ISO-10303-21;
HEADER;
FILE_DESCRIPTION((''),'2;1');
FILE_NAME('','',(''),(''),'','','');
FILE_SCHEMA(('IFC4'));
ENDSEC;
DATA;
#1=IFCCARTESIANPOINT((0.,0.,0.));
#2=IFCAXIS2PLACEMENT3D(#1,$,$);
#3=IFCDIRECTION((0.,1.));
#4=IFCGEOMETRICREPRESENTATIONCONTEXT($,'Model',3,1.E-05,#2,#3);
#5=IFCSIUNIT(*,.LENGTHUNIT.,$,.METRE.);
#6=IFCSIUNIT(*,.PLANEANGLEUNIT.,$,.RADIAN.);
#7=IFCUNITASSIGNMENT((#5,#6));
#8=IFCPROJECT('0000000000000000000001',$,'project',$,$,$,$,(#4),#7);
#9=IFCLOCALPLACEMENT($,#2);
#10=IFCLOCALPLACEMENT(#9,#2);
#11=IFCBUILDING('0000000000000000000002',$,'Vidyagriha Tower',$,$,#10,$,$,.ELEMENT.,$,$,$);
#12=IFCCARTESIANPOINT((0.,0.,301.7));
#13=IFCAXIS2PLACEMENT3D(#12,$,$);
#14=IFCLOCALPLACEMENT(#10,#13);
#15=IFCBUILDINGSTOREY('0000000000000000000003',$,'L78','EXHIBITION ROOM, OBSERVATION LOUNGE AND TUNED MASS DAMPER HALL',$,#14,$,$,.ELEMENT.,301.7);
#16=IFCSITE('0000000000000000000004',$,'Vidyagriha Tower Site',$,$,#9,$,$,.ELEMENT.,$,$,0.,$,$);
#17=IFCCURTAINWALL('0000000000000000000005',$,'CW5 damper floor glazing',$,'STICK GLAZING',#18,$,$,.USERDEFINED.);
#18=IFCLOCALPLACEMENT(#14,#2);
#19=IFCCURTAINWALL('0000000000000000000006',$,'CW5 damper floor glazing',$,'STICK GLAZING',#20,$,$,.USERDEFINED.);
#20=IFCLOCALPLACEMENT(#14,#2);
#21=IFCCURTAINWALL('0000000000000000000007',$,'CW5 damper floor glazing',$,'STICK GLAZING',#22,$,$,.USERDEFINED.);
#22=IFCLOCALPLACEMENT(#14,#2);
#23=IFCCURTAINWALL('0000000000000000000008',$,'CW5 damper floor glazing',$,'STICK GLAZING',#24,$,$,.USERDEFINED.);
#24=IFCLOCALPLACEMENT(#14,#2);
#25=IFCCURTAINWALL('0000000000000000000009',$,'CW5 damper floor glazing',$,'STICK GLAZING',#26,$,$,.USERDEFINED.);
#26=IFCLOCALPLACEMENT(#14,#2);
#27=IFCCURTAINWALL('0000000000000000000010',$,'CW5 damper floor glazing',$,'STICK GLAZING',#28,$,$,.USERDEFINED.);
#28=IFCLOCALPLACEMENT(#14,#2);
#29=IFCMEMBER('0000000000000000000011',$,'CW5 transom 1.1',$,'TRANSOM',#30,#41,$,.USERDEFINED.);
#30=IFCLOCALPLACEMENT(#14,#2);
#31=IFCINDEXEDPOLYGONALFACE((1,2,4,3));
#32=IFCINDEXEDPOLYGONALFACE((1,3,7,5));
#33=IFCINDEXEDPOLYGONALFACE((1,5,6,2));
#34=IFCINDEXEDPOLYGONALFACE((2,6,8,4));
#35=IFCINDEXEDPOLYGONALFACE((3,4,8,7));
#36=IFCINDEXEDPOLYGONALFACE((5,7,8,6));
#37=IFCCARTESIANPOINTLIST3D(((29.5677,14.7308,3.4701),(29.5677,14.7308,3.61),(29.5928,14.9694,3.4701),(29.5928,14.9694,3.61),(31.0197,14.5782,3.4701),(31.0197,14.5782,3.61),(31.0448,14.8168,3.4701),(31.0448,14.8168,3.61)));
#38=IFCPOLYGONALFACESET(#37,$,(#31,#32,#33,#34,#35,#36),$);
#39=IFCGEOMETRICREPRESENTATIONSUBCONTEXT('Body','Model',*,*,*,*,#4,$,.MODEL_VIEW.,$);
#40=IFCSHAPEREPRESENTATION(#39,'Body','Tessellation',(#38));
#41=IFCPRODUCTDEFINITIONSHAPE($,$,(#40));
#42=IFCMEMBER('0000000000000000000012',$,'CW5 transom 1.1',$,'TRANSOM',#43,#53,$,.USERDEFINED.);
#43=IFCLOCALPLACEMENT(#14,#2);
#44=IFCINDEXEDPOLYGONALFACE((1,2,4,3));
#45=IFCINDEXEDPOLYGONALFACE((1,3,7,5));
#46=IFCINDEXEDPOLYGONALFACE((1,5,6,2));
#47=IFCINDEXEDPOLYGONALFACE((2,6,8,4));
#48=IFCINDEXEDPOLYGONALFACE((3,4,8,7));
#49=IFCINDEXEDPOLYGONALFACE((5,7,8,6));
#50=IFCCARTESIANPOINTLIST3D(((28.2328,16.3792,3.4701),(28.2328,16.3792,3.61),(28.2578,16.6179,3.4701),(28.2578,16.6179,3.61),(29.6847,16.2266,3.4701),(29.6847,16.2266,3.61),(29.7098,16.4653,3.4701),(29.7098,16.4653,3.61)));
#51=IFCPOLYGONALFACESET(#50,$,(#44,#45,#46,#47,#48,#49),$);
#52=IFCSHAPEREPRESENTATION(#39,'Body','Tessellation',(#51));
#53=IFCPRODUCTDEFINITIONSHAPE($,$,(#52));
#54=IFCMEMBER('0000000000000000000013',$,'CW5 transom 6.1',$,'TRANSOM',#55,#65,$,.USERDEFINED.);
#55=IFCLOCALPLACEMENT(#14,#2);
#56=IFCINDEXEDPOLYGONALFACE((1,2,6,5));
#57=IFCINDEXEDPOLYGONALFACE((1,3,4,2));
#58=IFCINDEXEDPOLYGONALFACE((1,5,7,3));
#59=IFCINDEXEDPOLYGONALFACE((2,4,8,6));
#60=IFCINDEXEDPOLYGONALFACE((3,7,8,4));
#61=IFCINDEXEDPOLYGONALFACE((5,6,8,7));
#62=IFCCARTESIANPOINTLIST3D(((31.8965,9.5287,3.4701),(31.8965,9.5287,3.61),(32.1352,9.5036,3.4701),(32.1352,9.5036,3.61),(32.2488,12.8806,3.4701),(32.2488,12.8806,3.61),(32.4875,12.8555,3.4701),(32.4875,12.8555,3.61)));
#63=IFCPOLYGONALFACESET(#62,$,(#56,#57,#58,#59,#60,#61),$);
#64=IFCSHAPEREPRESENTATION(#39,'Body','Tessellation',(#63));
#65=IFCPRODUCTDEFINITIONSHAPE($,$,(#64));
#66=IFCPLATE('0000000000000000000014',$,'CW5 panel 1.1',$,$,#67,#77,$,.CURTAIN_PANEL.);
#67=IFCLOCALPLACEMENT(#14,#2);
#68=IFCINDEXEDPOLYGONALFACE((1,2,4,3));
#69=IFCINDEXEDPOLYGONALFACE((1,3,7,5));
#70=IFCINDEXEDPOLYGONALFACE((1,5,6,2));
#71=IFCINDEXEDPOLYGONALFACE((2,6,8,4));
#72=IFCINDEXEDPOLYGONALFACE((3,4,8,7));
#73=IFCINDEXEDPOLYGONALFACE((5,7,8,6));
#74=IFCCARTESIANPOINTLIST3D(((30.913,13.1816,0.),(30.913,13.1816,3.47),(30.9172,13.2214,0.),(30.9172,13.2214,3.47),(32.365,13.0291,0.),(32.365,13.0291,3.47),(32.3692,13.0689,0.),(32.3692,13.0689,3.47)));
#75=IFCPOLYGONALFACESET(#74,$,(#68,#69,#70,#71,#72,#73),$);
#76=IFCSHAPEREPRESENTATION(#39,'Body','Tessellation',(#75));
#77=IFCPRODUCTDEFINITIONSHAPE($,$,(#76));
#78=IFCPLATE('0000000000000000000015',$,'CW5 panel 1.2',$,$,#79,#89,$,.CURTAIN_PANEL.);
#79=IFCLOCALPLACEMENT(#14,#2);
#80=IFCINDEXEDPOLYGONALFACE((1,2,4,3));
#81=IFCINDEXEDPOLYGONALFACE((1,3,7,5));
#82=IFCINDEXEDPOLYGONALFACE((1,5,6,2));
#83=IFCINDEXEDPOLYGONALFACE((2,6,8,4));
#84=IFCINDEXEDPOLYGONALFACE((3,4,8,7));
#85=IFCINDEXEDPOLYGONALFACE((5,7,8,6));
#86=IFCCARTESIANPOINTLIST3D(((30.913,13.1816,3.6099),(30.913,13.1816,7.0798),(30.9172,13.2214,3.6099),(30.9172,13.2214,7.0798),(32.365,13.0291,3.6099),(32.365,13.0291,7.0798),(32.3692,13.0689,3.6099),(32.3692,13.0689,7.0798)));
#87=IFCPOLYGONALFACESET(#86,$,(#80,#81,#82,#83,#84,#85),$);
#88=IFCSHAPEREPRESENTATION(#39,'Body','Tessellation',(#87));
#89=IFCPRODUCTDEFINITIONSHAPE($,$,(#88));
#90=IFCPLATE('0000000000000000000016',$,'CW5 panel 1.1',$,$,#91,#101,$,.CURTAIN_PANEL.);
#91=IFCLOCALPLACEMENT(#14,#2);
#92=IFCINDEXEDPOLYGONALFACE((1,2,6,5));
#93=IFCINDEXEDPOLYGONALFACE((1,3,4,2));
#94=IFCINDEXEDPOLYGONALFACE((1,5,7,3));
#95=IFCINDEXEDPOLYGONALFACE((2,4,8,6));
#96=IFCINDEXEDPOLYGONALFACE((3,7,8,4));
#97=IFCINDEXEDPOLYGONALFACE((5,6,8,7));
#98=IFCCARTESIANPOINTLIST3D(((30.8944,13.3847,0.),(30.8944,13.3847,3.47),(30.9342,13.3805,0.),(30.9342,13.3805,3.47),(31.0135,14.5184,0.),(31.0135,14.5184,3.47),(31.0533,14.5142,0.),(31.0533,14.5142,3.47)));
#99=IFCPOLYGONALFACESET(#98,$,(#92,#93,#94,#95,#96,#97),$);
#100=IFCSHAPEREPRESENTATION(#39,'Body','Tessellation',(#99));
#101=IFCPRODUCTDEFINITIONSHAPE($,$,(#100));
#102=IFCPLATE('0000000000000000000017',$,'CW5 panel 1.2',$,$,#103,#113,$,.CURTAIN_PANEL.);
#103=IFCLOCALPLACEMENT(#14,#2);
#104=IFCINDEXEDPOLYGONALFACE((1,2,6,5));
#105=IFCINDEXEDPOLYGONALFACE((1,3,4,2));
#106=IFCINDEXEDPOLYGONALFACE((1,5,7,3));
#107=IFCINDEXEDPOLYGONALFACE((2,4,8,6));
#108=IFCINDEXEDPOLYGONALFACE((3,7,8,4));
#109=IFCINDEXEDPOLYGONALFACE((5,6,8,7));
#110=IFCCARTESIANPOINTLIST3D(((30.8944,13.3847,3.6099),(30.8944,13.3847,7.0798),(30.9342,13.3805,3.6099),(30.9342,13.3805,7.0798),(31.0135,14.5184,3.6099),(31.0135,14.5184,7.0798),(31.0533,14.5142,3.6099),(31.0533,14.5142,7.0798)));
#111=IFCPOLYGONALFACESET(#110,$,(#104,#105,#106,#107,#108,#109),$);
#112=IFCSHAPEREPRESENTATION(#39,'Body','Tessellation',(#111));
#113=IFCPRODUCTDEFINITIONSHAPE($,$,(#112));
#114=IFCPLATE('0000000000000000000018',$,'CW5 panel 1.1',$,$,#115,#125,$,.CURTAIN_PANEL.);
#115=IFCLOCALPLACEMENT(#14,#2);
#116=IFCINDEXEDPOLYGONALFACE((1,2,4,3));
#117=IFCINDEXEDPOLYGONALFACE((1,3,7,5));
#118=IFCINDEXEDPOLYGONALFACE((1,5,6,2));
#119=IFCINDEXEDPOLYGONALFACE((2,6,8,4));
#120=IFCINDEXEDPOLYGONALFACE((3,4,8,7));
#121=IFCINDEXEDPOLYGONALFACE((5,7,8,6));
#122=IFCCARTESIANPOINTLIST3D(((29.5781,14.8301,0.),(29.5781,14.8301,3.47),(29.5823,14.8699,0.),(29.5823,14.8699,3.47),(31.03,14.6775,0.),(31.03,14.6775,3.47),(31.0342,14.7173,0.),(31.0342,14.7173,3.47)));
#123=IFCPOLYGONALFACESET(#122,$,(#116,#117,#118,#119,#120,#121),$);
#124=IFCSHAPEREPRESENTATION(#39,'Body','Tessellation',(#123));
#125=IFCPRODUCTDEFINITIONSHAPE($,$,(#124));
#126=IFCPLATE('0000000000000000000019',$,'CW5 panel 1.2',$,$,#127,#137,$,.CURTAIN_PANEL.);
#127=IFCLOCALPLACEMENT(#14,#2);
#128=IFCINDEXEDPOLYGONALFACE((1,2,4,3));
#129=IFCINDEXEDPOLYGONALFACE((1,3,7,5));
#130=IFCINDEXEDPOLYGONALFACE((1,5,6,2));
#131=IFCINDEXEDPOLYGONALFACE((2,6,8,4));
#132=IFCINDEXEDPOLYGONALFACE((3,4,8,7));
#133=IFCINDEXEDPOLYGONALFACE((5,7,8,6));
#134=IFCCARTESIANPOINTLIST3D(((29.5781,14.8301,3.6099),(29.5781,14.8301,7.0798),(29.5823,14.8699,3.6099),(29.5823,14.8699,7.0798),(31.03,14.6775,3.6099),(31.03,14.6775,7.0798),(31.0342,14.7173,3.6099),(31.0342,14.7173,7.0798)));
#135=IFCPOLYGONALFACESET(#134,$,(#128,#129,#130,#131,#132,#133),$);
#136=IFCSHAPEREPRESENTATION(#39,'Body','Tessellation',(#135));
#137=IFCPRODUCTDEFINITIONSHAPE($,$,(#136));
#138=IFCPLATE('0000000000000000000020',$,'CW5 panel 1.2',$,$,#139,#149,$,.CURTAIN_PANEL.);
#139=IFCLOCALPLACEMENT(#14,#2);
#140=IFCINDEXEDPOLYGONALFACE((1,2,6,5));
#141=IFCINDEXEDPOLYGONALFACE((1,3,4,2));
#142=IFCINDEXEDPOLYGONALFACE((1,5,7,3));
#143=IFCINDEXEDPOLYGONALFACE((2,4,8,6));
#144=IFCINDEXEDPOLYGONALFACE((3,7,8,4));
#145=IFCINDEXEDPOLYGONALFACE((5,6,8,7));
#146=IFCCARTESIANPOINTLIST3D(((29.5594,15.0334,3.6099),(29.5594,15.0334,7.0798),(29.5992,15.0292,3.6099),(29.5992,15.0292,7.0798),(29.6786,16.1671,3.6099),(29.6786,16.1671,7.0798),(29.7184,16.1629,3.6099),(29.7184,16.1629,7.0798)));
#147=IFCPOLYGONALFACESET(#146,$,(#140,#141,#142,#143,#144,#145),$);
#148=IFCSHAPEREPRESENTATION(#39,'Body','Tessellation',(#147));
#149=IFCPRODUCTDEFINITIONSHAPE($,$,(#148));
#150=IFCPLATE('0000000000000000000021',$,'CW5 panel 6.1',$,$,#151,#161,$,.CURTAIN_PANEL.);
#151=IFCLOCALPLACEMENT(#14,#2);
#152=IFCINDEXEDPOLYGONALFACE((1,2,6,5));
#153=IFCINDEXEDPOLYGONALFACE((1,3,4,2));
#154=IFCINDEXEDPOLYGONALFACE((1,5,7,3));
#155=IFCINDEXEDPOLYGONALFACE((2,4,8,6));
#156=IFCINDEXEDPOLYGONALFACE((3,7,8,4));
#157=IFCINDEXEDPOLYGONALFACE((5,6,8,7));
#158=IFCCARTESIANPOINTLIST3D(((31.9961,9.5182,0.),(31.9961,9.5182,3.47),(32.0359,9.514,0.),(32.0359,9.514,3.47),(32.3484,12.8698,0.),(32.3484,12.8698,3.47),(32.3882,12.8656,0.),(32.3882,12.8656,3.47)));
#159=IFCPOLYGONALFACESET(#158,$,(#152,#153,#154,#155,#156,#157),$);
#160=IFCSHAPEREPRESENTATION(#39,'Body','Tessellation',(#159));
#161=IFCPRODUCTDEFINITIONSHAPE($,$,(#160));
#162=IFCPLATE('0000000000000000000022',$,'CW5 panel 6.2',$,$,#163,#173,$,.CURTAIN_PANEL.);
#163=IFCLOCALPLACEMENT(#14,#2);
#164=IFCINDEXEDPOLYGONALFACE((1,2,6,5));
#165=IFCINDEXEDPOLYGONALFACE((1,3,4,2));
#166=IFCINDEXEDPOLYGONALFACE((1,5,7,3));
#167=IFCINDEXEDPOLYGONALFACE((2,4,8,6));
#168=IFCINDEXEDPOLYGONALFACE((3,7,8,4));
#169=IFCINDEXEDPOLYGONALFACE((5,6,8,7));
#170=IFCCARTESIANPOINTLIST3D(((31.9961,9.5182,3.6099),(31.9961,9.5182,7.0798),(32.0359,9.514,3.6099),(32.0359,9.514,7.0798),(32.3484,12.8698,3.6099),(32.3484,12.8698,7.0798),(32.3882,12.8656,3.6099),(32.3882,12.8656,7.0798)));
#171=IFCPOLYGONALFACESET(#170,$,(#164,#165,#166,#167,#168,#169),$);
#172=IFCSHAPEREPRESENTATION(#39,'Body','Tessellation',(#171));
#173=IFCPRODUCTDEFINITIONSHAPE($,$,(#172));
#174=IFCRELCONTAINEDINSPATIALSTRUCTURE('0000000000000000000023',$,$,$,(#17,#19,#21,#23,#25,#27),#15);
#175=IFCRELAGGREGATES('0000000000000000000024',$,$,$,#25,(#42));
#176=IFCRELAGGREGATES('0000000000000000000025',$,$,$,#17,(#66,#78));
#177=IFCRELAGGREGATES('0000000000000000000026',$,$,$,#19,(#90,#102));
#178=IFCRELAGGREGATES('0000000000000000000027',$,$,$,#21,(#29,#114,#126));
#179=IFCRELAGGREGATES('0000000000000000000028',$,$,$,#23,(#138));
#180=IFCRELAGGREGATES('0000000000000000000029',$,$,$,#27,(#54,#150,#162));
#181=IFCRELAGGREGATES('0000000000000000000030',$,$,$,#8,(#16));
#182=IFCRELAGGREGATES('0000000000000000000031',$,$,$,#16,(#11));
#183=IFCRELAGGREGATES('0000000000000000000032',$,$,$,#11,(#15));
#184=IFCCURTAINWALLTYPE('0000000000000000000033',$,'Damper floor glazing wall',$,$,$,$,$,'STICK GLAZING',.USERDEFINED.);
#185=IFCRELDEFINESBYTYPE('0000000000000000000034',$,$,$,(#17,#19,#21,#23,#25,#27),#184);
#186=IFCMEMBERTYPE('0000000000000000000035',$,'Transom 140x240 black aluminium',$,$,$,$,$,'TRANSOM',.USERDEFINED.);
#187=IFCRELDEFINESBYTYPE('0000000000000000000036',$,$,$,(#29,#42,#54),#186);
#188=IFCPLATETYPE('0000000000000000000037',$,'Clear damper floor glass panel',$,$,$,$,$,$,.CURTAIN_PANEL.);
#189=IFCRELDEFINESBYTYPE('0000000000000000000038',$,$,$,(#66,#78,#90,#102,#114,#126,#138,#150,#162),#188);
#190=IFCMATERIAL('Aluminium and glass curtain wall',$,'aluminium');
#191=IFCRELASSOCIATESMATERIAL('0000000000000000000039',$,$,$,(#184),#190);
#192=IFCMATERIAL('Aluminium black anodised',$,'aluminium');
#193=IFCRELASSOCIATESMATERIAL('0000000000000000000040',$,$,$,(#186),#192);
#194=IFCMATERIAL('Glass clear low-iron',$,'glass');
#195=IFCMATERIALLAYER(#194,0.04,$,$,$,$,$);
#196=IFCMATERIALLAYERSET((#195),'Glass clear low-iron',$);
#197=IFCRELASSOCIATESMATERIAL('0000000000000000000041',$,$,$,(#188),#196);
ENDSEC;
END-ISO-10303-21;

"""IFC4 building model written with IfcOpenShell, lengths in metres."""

from ifc_helpers import new_model, si_unit, direction, frame, origin, origin_2d, place, context, subcontext, project, spatial, rectangle, extrude, material, layer, layer_set, material_profile, profile_set, type_object, element, aggregate, save


model = new_model("IFC4")

# Units and contexts
model_context = context("Model", 3, precision=1e-05, world=origin(), true_north=direction((0.0, 1.0)))
body_context = subcontext(model_context, "Body", "Model", "MODEL_VIEW")
ifc_project = project(units=[si_unit("LENGTHUNIT", "METRE"), si_unit("PLANEANGLEUNIT", "RADIAN")], contexts=[model_context])

# Site, building, storey
site_placement = place(None, origin())
site = spatial("IfcSite", under=ifc_project, at=site_placement, Name="Vidyagriha Tower Site", CompositionType="ELEMENT", RefElevation=0.0)
building_placement = place(site_placement, origin())
building = spatial("IfcBuilding", under=site, at=building_placement, Name="Vidyagriha Tower", CompositionType="ELEMENT")
storey_placement = place(building_placement, frame((0.0, 0.0, 301.7)))
storey = spatial("IfcBuildingStorey", under=building, at=storey_placement, Name="L78", Description="EXHIBITION ROOM, OBSERVATION LOUNGE AND TUNED MASS DAMPER HALL", CompositionType="ELEMENT", Elevation=301.7)

# Curtain walls
ifc_material_1 = material(Name="Aluminium and glass curtain wall", Category="aluminium")
curtain_wall_type = type_object("IfcCurtainWallType", Name="Damper floor glazing wall", ElementType="STICK GLAZING", PredefinedType="USERDEFINED", material=ifc_material_1)
curtain_wall_1_placement = place(storey_placement, origin())
curtain_wall_1 = element("IfcCurtainWall", 1, at=curtain_wall_1_placement, inside=storey, type_object=curtain_wall_type, Name="CW5 damper floor glazing", ObjectType="STICK GLAZING", PredefinedType="USERDEFINED")
curtain_wall_2_placement = place(storey_placement, origin())
curtain_wall_2 = element("IfcCurtainWall", 2, at=curtain_wall_2_placement, inside=storey, type_object=curtain_wall_type, Name="CW5 damper floor glazing", ObjectType="STICK GLAZING", PredefinedType="USERDEFINED")

# Curtain walls
curtain_wall_3_placement = place(storey_placement, origin())
curtain_wall_3 = element("IfcCurtainWall", 3, at=curtain_wall_3_placement, inside=storey, type_object=curtain_wall_type, Name="CW5 damper floor glazing", ObjectType="STICK GLAZING", PredefinedType="USERDEFINED")
curtain_wall_4_placement = place(storey_placement, origin())
curtain_wall_4 = element("IfcCurtainWall", 4, at=curtain_wall_4_placement, inside=storey, type_object=curtain_wall_type, Name="CW5 damper floor glazing", ObjectType="STICK GLAZING", PredefinedType="USERDEFINED")
curtain_wall_5_placement = place(storey_placement, origin())
curtain_wall_5 = element("IfcCurtainWall", 5, at=curtain_wall_5_placement, inside=storey, type_object=curtain_wall_type, Name="CW5 damper floor glazing", ObjectType="STICK GLAZING", PredefinedType="USERDEFINED")

# Curtain wall
curtain_wall_6_placement = place(storey_placement, origin())
curtain_wall_6 = element("IfcCurtainWall", 6, at=curtain_wall_6_placement, inside=storey, type_object=curtain_wall_type, Name="CW5 damper floor glazing", ObjectType="STICK GLAZING", PredefinedType="USERDEFINED")

# Members
ifc_material_2 = material(Name="Aluminium black anodised", Category="aluminium")
ifc_material_profile_1 = material_profile(ifc_material_2, rectangle(XDim=0.24, YDim=0.1399, at=origin_2d()), Name="Transom 140x240 black aluminium")
ifc_profile_set_1 = profile_set([ifc_material_profile_1], Name="Aluminium black anodised")
member_type_1 = type_object("IfcMemberType", Name="Transom 140x240 black aluminium", ElementType="TRANSOM", PredefinedType="USERDEFINED", material=ifc_profile_set_1)
member_1_placement = place(storey_placement, frame((31.0322, 14.6975, 3.54), z_axis=(-0.994523, 0.104519, 0.0), x_axis=(-0.104519, -0.994523, 0.0)))
member_1 = element("IfcMember", 7, at=member_1_placement, type_object=member_type_1, Name="CW5 transom 1.1", ObjectType="TRANSOM", PredefinedType="USERDEFINED", context=body_context, shape_type="SweptSolid", body=[
    extrude(rectangle(XDim=0.24, YDim=0.1399, at=origin_2d()), origin(), (0.0, 0.0, 1.0), 1.46),
])
member_2_placement = place(storey_placement, frame((29.6973, 16.3459, 3.54), z_axis=(-0.994523, 0.104519, 0.0), x_axis=(-0.104519, -0.994523, 0.0)))
member_2 = element("IfcMember", 8, at=member_2_placement, type_object=member_type_1, Name="CW5 transom 1.1", ObjectType="TRANSOM", PredefinedType="USERDEFINED", context=body_context, shape_type="SweptSolid", body=[
    extrude(rectangle(XDim=0.24, YDim=0.1399, at=origin_2d()), origin(), (0.0, 0.0, 1.0), 1.46),
])
aggregate(curtain_wall_5, [member_2])
member_3_placement = place(storey_placement, frame((32.0159, 9.5161, 3.54), z_axis=(0.10453, 0.994522, 0.0), x_axis=(-0.994522, 0.10453, 0.0)))
member_3 = element("IfcMember", 9, at=member_3_placement, type_object=member_type_1, Name="CW5 transom 6.1", ObjectType="TRANSOM", PredefinedType="USERDEFINED", context=body_context, shape_type="SweptSolid", body=[
    extrude(rectangle(XDim=0.24, YDim=0.1399, at=origin_2d()), origin(), (0.0, 0.0, 1.0), 3.3704),
])

# Plates
ifc_material_3 = material(Name="Glass clear low-iron", Category="glass")
ifc_layer = layer(ifc_material_3, 0.04)
ifc_layer_set = layer_set([ifc_layer], Name="Glass clear low-iron")
plate_type = type_object("IfcPlateType", Name="Clear damper floor glass panel", PredefinedType="CURTAIN_PANEL", material=ifc_layer_set)
plate_1_placement = place(storey_placement, frame((31.6411, 13.1252, 0.0), z_axis=(0.0, 0.0, 1.0), x_axis=(-0.994529, 0.104465, 0.0)))
plate_1 = element("IfcPlate", 10, at=plate_1_placement, type_object=plate_type, Name="CW5 panel 1.1", PredefinedType="CURTAIN_PANEL", context=body_context, shape_type="SweptSolid", body=[
    extrude(rectangle(XDim=1.46, YDim=0.04, at=origin_2d()), origin(), (0.0, 0.0, 1.0), 3.47),
])
plate_2_placement = place(storey_placement, frame((31.6411, 13.1252, 3.6099), z_axis=(0.0, 0.0, 1.0), x_axis=(-0.994529, 0.104465, 0.0)))
plate_2 = element("IfcPlate", 11, at=plate_2_placement, type_object=plate_type, Name="CW5 panel 1.2", PredefinedType="CURTAIN_PANEL", context=body_context, shape_type="SweptSolid", body=[
    extrude(rectangle(XDim=1.46, YDim=0.04, at=origin_2d()), origin(), (0.0, 0.0, 1.0), 3.47),
])
aggregate(curtain_wall_1, [plate_1, plate_2])
plate_3_placement = place(storey_placement, frame((30.9739, 13.9495, 0.0), z_axis=(0.0, 0.0, 1.0), x_axis=(0.104475, 0.994528, 0.0)))
plate_3 = element("IfcPlate", 12, at=plate_3_placement, type_object=plate_type, Name="CW5 panel 1.1", PredefinedType="CURTAIN_PANEL", context=body_context, shape_type="SweptSolid", body=[
    extrude(rectangle(XDim=1.1399, YDim=0.04, at=origin_2d()), origin(), (0.0, 0.0, 1.0), 3.47),
])
plate_4_placement = place(storey_placement, frame((30.9739, 13.9495, 3.6099), z_axis=(0.0, 0.0, 1.0), x_axis=(0.104475, 0.994528, 0.0)))
plate_4 = element("IfcPlate", 13, at=plate_4_placement, type_object=plate_type, Name="CW5 panel 1.2", PredefinedType="CURTAIN_PANEL", context=body_context, shape_type="SweptSolid", body=[
    extrude(rectangle(XDim=1.1399, YDim=0.04, at=origin_2d()), origin(), (0.0, 0.0, 1.0), 3.47),
])
aggregate(curtain_wall_2, [plate_3, plate_4])
plate_5_placement = place(storey_placement, frame((30.3062, 14.7737, 0.0), z_axis=(0.0, 0.0, 1.0), x_axis=(-0.994523, 0.104519, 0.0)))
plate_5 = element("IfcPlate", 14, at=plate_5_placement, type_object=plate_type, Name="CW5 panel 1.1", PredefinedType="CURTAIN_PANEL", context=body_context, shape_type="SweptSolid", body=[
    extrude(rectangle(XDim=1.46, YDim=0.04, at=origin_2d()), origin(), (0.0, 0.0, 1.0), 3.47),
])
plate_6_placement = place(storey_placement, frame((30.3062, 14.7737, 3.6099), z_axis=(0.0, 0.0, 1.0), x_axis=(-0.994523, 0.104519, 0.0)))
plate_6 = element("IfcPlate", 15, at=plate_6_placement, type_object=plate_type, Name="CW5 panel 1.2", PredefinedType="CURTAIN_PANEL", context=body_context, shape_type="SweptSolid", body=[
    extrude(rectangle(XDim=1.46, YDim=0.04, at=origin_2d()), origin(), (0.0, 0.0, 1.0), 3.47),
])
aggregate(curtain_wall_3, [member_1, plate_5, plate_6])
plate_7_placement = place(storey_placement, frame((29.6389, 15.5981, 3.6099), z_axis=(0.0, 0.0, 1.0), x_axis=(0.104557, 0.994519, 0.0)))
plate_7 = element("IfcPlate", 16, at=plate_7_placement, type_object=plate_type, Name="CW5 panel 1.2", PredefinedType="CURTAIN_PANEL", context=body_context, shape_type="SweptSolid", body=[
    extrude(rectangle(XDim=1.1399, YDim=0.04, at=origin_2d()), origin(), (0.0, 0.0, 1.0), 3.47),
])
aggregate(curtain_wall_4, [plate_7])
plate_8_placement = place(storey_placement, frame((32.1921, 11.1919, 0.0), z_axis=(0.0, 0.0, 1.0), x_axis=(0.104527, 0.994522, 0.0)))
plate_8 = element("IfcPlate", 17, at=plate_8_placement, type_object=plate_type, Name="CW5 panel 6.1", PredefinedType="CURTAIN_PANEL", context=body_context, shape_type="SweptSolid", body=[
    extrude(rectangle(XDim=3.3701, YDim=0.04, at=origin_2d()), origin(), (0.0, 0.0, 1.0), 3.47),
])
plate_9_placement = place(storey_placement, frame((32.1921, 11.1919, 3.6099), z_axis=(0.0, 0.0, 1.0), x_axis=(0.104527, 0.994522, 0.0)))
plate_9 = element("IfcPlate", 18, at=plate_9_placement, type_object=plate_type, Name="CW5 panel 6.2", PredefinedType="CURTAIN_PANEL", context=body_context, shape_type="SweptSolid", body=[
    extrude(rectangle(XDim=3.3701, YDim=0.04, at=origin_2d()), origin(), (0.0, 0.0, 1.0), 3.47),
])
aggregate(curtain_wall_6, [member_3, plate_8, plate_9])

save(model, "model.ifc")
